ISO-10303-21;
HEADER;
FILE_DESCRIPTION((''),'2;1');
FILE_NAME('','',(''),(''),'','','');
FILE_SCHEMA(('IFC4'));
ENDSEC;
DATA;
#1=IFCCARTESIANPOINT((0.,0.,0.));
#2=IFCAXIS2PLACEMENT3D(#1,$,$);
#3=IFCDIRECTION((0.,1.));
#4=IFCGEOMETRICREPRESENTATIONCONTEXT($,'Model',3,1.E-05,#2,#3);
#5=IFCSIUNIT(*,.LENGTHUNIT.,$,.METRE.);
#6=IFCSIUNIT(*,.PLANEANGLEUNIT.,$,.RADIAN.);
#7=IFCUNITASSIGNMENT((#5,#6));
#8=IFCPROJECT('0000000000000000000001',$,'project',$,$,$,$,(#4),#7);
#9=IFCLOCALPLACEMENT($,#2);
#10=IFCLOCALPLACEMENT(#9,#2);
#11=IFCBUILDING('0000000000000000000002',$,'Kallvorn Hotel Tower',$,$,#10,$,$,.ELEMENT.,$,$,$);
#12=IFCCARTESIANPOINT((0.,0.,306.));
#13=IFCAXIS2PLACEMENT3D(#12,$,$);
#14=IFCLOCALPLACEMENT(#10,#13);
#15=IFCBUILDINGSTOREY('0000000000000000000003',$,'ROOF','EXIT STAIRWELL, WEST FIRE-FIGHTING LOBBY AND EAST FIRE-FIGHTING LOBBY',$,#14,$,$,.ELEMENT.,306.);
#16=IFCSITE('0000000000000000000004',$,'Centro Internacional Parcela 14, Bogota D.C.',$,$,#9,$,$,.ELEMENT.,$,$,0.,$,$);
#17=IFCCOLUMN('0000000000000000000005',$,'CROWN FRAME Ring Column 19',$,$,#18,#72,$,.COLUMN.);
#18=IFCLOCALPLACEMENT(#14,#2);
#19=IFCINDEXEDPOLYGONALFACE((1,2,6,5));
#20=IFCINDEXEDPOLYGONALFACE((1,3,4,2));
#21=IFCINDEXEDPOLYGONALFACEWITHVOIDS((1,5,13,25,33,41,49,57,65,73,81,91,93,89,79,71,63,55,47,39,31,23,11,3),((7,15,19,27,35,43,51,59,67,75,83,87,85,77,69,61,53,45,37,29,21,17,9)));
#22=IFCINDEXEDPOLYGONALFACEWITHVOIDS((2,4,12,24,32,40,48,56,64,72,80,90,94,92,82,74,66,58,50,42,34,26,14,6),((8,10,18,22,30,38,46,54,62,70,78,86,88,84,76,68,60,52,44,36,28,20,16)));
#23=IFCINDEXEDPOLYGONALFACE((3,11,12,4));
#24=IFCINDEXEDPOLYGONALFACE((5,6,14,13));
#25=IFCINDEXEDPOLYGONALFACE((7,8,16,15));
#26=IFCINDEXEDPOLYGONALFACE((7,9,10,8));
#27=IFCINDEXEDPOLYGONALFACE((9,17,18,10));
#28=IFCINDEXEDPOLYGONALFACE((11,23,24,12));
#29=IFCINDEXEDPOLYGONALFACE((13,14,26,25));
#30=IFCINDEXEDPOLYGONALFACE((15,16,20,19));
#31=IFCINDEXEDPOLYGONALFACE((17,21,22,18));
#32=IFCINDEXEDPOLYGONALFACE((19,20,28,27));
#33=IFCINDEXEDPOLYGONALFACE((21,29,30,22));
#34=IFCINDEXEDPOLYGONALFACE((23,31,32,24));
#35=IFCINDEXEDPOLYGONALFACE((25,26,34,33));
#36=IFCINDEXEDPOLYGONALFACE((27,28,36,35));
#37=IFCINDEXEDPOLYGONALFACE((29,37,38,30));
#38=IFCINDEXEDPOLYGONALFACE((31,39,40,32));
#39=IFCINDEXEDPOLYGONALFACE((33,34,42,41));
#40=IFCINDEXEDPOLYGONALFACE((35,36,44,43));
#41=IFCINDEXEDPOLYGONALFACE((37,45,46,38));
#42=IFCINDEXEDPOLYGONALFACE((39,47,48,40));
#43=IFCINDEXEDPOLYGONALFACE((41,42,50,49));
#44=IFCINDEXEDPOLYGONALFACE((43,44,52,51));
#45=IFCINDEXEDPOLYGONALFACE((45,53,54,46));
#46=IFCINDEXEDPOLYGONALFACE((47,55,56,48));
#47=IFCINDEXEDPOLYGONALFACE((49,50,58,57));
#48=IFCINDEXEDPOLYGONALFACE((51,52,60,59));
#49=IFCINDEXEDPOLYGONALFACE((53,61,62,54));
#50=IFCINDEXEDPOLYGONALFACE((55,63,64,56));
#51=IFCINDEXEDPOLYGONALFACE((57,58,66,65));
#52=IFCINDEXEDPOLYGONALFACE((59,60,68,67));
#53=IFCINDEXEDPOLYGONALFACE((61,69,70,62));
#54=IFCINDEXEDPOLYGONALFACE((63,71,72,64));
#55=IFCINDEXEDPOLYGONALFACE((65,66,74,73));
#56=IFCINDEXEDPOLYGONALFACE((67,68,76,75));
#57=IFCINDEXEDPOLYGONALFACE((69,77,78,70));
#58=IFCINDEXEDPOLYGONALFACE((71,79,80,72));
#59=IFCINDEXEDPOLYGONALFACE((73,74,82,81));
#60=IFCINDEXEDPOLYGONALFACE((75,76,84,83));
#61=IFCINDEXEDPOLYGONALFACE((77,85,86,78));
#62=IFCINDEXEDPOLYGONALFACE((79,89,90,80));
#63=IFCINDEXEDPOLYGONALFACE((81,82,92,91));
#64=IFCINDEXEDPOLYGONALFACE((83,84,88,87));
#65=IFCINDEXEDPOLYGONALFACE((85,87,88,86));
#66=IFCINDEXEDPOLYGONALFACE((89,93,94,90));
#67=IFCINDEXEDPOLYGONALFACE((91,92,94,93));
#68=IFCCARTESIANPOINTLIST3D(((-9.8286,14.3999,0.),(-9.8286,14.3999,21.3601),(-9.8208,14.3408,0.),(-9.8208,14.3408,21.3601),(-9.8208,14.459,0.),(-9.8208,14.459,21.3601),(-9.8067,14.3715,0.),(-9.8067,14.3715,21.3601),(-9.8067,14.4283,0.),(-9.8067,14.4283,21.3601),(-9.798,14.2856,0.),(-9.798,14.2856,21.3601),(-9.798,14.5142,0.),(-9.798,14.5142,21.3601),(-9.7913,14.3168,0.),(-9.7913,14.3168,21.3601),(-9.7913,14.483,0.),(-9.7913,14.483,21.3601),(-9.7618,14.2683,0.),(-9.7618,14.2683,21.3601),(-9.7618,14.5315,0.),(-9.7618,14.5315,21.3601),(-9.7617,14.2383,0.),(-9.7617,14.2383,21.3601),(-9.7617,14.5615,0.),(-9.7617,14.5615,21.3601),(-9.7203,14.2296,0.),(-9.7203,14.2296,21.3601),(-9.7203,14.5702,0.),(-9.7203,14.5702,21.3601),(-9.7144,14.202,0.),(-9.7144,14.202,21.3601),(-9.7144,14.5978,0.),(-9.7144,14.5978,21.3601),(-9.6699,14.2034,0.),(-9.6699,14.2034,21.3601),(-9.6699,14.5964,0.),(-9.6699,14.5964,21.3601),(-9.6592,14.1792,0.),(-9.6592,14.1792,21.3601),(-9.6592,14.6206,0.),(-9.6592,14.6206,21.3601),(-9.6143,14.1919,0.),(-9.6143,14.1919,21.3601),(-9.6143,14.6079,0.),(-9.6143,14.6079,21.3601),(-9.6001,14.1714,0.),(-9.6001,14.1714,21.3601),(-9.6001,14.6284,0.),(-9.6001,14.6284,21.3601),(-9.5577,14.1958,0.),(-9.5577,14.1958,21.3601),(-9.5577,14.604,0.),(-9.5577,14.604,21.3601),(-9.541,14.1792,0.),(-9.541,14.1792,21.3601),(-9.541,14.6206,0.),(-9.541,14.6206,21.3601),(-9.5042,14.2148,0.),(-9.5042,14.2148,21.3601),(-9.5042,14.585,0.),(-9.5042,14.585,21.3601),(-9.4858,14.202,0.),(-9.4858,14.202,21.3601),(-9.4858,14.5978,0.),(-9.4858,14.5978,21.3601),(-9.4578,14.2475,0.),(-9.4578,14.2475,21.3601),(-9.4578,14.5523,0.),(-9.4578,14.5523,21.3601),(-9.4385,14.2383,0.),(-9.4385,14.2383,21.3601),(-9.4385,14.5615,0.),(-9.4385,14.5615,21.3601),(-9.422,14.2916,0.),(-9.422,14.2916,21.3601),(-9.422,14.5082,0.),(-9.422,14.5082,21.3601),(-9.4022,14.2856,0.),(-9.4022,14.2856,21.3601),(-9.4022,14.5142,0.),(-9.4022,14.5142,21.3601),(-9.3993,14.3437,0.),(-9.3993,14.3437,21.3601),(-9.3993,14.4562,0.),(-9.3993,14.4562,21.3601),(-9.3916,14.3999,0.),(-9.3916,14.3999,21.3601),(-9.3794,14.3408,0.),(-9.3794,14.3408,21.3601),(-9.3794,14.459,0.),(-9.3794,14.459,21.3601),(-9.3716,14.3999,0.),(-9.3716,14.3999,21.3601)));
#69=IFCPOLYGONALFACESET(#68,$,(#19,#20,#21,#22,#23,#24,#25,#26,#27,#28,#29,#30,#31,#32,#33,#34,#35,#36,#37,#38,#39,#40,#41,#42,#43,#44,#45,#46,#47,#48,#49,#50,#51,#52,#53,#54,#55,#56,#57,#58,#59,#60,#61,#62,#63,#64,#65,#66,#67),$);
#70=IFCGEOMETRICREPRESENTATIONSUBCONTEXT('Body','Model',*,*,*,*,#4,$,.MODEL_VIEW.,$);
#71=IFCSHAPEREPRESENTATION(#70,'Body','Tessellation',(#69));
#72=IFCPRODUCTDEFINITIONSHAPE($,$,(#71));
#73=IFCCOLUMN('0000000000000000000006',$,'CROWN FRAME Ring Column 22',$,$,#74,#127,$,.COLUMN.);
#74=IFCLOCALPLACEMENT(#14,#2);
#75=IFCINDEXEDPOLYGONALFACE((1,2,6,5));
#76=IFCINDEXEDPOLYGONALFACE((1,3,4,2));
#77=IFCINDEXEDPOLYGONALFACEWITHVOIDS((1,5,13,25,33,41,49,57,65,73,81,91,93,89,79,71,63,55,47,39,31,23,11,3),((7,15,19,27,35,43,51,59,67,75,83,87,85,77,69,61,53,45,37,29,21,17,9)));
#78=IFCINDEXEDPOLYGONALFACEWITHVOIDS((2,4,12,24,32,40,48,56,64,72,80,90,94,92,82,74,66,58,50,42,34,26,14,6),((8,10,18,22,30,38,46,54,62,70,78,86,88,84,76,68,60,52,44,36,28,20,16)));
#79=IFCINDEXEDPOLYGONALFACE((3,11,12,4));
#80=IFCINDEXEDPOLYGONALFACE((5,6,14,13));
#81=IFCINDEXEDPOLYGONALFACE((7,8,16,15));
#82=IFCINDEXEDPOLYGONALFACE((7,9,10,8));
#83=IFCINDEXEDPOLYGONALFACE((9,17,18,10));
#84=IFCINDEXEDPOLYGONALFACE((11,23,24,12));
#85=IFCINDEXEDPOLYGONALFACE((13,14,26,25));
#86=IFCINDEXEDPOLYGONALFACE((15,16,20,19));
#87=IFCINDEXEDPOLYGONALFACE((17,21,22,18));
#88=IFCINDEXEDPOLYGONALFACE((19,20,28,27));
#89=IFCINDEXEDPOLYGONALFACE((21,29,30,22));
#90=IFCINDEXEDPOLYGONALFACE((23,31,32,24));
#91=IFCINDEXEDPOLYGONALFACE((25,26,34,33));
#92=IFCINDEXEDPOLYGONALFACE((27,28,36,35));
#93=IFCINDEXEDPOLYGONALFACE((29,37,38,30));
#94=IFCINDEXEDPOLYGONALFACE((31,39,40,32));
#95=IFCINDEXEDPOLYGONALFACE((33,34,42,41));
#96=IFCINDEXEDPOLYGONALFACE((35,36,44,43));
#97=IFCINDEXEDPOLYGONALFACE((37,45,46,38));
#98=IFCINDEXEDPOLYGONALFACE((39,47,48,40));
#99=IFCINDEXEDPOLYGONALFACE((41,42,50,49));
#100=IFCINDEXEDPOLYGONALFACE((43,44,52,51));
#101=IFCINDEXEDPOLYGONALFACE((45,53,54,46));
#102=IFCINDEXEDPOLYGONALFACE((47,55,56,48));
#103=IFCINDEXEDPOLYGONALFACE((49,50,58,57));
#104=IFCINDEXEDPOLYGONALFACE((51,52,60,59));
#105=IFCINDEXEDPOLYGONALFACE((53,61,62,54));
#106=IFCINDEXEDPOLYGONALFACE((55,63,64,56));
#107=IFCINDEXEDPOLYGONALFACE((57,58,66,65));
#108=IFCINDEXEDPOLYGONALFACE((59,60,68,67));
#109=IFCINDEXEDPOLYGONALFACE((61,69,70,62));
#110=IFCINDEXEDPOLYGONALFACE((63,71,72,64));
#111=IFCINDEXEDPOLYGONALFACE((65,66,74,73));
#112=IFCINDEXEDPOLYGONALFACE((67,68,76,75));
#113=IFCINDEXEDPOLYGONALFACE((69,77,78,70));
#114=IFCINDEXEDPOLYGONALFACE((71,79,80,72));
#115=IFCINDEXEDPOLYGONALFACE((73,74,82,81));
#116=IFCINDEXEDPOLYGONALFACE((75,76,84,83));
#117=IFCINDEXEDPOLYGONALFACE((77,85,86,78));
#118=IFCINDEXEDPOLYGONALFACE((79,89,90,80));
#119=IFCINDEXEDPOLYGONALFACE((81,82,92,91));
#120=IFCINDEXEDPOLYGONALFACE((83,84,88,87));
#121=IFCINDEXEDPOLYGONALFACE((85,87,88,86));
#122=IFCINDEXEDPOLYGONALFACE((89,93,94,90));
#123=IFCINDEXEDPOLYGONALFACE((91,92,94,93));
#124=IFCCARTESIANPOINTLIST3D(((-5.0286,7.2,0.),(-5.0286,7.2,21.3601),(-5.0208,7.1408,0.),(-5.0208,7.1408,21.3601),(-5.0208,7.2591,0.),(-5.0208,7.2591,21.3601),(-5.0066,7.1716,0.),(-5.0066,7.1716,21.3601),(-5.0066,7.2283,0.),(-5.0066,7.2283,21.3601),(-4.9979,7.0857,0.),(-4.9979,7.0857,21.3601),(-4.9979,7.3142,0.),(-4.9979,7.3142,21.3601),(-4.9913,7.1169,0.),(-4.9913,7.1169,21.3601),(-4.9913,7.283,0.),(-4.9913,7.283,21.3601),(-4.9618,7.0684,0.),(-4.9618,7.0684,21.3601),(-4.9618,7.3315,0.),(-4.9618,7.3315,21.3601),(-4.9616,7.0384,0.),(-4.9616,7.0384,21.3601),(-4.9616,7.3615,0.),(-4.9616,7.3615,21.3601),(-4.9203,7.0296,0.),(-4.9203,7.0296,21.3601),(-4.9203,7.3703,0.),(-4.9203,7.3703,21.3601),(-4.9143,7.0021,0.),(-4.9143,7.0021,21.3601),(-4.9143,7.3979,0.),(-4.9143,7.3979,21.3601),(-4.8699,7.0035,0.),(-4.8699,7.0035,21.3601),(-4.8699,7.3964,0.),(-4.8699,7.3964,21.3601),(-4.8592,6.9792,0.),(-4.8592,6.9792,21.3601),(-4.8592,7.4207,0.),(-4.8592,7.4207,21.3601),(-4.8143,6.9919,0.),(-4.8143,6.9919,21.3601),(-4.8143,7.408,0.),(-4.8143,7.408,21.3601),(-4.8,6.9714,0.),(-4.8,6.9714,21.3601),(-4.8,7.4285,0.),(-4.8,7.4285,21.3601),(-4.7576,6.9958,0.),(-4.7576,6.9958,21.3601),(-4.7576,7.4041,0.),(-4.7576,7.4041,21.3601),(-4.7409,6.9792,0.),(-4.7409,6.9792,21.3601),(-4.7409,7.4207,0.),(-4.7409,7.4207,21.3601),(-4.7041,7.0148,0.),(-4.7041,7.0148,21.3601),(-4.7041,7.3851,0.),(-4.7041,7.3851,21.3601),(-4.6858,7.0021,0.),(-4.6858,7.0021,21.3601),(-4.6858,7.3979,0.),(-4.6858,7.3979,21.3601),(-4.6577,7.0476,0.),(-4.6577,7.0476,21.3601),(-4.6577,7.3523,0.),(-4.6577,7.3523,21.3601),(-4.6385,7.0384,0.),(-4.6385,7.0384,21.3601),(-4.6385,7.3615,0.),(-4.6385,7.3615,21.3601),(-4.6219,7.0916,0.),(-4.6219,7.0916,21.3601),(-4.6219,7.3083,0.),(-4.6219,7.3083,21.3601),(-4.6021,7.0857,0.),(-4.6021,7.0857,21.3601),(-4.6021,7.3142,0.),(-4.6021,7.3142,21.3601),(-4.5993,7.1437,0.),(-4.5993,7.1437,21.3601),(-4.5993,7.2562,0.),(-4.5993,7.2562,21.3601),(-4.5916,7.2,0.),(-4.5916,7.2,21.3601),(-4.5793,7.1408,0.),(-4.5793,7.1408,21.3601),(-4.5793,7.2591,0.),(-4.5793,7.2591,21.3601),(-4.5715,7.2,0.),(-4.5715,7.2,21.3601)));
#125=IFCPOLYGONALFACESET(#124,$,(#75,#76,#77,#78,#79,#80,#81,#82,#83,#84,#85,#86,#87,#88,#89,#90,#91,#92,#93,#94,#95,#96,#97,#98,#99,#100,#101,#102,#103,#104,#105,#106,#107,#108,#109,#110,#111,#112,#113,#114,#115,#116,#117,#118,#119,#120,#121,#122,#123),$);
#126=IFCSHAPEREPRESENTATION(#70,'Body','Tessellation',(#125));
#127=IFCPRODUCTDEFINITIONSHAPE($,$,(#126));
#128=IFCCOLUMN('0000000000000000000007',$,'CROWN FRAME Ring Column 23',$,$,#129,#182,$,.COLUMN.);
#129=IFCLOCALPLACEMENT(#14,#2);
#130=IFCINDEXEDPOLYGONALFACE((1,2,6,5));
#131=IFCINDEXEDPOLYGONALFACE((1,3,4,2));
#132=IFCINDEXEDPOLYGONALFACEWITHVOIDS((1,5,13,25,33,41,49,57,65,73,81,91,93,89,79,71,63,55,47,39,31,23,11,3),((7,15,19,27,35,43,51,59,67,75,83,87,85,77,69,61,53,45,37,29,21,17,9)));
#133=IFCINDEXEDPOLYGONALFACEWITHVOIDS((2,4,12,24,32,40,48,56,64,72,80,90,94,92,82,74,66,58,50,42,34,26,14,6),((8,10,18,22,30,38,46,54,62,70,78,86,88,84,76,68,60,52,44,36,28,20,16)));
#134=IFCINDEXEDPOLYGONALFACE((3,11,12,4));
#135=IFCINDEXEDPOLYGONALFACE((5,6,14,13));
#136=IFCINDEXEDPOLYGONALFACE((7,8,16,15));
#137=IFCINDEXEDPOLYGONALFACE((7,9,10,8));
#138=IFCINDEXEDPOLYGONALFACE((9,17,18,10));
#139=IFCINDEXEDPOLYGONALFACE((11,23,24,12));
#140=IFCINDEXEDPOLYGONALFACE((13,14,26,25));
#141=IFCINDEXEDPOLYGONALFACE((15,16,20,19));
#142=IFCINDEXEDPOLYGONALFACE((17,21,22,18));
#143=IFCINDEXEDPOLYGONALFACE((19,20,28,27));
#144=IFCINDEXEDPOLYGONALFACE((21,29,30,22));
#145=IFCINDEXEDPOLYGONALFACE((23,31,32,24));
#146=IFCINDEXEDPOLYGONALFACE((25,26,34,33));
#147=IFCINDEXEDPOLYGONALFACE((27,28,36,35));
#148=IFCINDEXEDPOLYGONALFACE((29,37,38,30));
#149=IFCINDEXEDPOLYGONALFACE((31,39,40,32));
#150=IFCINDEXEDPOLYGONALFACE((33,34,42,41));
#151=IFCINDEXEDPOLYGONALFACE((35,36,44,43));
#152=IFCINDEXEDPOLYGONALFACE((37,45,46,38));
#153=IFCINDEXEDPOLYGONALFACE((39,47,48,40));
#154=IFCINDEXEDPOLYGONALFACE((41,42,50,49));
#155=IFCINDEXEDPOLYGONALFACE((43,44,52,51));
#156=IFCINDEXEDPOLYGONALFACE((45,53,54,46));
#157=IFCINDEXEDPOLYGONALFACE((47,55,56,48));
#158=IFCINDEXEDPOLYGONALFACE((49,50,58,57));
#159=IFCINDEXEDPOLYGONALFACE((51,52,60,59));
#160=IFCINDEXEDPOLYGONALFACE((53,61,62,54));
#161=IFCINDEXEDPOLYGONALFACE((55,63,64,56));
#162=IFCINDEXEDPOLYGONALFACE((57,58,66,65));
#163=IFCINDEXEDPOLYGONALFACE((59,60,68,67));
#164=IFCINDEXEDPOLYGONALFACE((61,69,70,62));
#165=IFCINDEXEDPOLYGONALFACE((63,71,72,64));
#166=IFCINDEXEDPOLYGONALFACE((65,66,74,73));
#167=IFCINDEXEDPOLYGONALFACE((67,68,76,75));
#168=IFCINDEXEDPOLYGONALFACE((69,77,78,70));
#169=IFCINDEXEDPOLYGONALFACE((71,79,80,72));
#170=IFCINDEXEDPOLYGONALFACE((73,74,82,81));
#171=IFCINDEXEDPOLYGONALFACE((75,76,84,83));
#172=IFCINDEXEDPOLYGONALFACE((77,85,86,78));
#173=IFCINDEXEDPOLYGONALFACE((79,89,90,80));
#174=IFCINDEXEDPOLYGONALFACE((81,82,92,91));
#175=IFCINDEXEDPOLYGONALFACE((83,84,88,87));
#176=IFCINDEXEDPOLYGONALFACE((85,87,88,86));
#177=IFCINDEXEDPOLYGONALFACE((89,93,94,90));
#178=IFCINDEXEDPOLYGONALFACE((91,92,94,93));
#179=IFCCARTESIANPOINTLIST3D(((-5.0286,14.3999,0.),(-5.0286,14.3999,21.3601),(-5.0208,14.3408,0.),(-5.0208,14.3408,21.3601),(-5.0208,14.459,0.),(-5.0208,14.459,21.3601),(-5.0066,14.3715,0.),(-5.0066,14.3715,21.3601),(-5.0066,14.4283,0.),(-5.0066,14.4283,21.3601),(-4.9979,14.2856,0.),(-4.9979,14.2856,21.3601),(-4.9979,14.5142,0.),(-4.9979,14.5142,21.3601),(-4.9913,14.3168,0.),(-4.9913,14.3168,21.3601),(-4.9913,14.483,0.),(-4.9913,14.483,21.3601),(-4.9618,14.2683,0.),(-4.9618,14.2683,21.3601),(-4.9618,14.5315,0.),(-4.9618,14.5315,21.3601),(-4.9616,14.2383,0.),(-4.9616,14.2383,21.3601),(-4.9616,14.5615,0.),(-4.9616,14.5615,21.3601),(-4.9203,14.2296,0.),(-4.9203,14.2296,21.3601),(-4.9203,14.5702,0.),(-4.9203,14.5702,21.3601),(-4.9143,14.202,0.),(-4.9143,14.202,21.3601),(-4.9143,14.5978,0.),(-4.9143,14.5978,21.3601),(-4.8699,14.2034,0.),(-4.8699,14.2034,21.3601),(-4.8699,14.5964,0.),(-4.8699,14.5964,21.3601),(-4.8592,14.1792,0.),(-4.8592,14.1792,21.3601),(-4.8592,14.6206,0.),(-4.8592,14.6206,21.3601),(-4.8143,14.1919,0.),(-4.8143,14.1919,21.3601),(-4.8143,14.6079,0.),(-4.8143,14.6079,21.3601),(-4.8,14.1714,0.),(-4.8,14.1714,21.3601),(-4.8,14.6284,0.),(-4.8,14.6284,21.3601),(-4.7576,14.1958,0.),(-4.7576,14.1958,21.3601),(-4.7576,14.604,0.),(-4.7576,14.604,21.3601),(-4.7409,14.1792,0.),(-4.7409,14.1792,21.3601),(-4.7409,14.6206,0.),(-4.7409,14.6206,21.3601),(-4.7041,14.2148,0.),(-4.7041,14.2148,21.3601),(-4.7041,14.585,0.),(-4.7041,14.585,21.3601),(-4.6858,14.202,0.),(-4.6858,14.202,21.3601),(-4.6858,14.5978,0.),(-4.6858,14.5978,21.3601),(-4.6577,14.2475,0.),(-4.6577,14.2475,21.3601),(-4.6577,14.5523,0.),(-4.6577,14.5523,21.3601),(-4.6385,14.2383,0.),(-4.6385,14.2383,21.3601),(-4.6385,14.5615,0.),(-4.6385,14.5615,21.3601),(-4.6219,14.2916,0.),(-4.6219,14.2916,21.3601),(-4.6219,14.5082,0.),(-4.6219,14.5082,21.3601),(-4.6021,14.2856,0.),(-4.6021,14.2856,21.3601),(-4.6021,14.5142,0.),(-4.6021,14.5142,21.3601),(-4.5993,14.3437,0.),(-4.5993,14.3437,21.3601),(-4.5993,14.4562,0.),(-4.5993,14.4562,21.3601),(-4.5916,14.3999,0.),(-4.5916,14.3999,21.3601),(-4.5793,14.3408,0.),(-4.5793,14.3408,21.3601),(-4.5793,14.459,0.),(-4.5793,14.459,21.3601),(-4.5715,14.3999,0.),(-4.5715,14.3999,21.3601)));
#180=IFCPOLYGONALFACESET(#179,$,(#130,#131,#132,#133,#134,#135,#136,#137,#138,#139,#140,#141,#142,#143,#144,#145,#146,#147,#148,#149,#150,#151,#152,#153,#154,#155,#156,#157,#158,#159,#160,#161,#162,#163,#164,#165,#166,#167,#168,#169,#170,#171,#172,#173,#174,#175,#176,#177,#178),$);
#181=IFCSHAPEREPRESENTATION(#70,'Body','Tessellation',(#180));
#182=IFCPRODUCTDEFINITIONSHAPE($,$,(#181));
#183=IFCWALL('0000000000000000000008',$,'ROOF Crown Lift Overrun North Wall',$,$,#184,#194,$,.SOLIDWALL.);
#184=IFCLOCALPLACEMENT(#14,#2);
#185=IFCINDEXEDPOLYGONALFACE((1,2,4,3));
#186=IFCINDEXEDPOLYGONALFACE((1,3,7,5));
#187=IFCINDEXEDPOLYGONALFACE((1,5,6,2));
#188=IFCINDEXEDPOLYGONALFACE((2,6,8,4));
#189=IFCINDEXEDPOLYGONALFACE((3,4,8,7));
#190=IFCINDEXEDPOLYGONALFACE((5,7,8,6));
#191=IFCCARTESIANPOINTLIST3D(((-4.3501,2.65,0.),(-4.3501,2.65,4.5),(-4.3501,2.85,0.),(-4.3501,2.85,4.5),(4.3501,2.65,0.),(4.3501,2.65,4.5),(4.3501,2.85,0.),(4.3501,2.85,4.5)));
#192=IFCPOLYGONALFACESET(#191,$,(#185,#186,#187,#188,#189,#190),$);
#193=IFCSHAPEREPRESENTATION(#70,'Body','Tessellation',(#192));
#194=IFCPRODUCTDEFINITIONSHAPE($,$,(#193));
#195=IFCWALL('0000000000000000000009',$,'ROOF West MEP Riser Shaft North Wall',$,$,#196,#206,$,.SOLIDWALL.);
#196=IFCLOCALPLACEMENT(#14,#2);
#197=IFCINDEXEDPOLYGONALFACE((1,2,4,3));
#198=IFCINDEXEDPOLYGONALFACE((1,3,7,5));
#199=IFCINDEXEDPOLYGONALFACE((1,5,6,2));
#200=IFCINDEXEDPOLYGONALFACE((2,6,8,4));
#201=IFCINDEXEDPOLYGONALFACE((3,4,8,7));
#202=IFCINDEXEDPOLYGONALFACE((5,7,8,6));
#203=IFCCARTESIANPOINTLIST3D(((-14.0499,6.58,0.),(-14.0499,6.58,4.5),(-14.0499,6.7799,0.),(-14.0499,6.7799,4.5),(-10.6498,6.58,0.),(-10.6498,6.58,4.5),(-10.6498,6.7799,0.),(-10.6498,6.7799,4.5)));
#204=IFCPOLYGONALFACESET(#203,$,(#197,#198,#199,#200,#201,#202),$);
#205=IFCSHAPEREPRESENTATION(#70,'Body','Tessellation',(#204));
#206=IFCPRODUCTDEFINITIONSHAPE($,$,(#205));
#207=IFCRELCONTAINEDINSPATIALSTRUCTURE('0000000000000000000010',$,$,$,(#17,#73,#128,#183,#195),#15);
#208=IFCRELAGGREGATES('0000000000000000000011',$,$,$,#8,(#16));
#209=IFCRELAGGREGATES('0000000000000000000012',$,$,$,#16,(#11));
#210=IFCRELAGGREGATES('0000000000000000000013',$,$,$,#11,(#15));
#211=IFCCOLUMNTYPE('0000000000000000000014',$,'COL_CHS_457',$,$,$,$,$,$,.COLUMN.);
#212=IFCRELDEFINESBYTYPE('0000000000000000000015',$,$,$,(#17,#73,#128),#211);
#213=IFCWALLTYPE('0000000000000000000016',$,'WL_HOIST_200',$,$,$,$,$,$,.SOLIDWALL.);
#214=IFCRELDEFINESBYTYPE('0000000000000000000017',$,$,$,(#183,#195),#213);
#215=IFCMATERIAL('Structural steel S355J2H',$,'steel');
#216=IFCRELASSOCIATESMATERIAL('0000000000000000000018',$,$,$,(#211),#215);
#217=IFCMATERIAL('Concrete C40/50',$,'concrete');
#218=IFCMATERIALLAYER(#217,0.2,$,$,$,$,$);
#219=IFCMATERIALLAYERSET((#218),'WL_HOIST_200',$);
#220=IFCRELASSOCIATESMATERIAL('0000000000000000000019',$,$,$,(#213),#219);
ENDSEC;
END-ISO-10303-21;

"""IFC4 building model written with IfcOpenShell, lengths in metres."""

from ifc_helpers import new_model, si_unit, direction, frame, frame_2d, origin, origin_2d, place, context, subcontext, project, spatial, rectangle, hollow_circle, extrude, material, layer, layer_set, material_profile, profile_set, type_object, element, save


model = new_model("IFC4")

# Units and contexts
model_context = context("Model", 3, precision=1e-05, world=origin(), true_north=direction((0.0, 1.0)))
body_context = subcontext(model_context, "Body", "Model", "MODEL_VIEW")
ifc_project = project(units=[si_unit("LENGTHUNIT", "METRE"), si_unit("PLANEANGLEUNIT", "RADIAN")], contexts=[model_context])

# Site, building, storey
site_placement = place(None, origin())
site = spatial("IfcSite", under=ifc_project, at=site_placement, Name="Centro Internacional Parcela 14, Bogota D.C.", CompositionType="ELEMENT", RefElevation=0.0)
building_placement = place(site_placement, origin())
building = spatial("IfcBuilding", under=site, at=building_placement, Name="Kallvorn Hotel Tower", CompositionType="ELEMENT")
storey_placement = place(building_placement, frame((0.0, 0.0, 306.0)))
storey = spatial("IfcBuildingStorey", under=building, at=storey_placement, Name="ROOF", Description="EXIT STAIRWELL, WEST FIRE-FIGHTING LOBBY AND EAST FIRE-FIGHTING LOBBY", CompositionType="ELEMENT", Elevation=306.0)

# Columns
ifc_material_1 = material(Name="Structural steel S355J2H", Category="steel")
ifc_material_profile = material_profile(ifc_material_1, hollow_circle(Radius=0.2285, WallThickness=0.02, at=origin_2d()), Name="CHS 457x20")
ifc_profile_set = profile_set([ifc_material_profile], Name="Structural steel S355J2H")
column_type = type_object("IfcColumnType", Name="COL_CHS_457", PredefinedType="COLUMN", material=ifc_profile_set)
for number, where, z_axis, x_axis, name in (
    (1, (-9.6001, 14.3999, 0.0), (0.0, 0.0, 1.0), (1.0, 0.0, 0.0), "CROWN FRAME Ring Column 19"),
    (2, (-4.8, 7.2, 0.0), (0.0, 0.0, 1.0), (1.0, 0.0, 0.0), "CROWN FRAME Ring Column 22"),
    (3, (-4.8, 14.3999, 0.0), (0.0, 0.0, 1.0), (1.0, 0.0, 0.0), "CROWN FRAME Ring Column 23"),
):
    element("IfcColumn", number, at=place(storey_placement, frame(where, z_axis=z_axis, x_axis=x_axis)), inside=storey, type_object=column_type, Name=name, PredefinedType="COLUMN", context=body_context, shape_type="SweptSolid", body=[
        extrude(hollow_circle(Radius=0.2285, WallThickness=0.02, at=origin_2d()), origin(), (0.0, 0.0, 1.0), 21.3601),
    ])

# Walls
ifc_material_2 = material(Name="Concrete C40/50", Category="concrete")
ifc_layer_1 = layer(ifc_material_2, 0.2)
ifc_layer_set_1 = layer_set([ifc_layer_1], Name="WL_HOIST_200")
wall_type_1 = type_object("IfcWallType", Name="WL_HOIST_200", PredefinedType="SOLIDWALL", material=ifc_layer_set_1)
wall_1_placement = place(storey_placement, frame((-4.3501, 2.75, 0.0), z_axis=(0.0, 0.0, 1.0), x_axis=(1.0, 0.0, 0.0)))
element("IfcWall", 4, at=wall_1_placement, inside=storey, type_object=wall_type_1, Name="ROOF Crown Lift Overrun North Wall", PredefinedType="SOLIDWALL", context=body_context, shape_type="SweptSolid", body=[
    extrude(rectangle(XDim=8.7002, YDim=0.2, at=frame_2d((4.3501, 0.0))), origin(), (0.0, 0.0, 1.0), 4.5),
])
wall_2_placement = place(storey_placement, frame((-14.05, 6.6799, 0.0), z_axis=(0.0, 0.0, 1.0), x_axis=(1.0, 0.0, 0.0)))
element("IfcWall", 5, at=wall_2_placement, inside=storey, type_object=wall_type_1, Name="ROOF West MEP Riser Shaft North Wall", PredefinedType="SOLIDWALL", context=body_context, shape_type="SweptSolid", body=[
    extrude(rectangle(XDim=3.4001, YDim=0.2, at=frame_2d((1.7002, 0.0))), origin(), (0.0, 0.0, 1.0), 4.5),
])

save(model, "model.ifc")
